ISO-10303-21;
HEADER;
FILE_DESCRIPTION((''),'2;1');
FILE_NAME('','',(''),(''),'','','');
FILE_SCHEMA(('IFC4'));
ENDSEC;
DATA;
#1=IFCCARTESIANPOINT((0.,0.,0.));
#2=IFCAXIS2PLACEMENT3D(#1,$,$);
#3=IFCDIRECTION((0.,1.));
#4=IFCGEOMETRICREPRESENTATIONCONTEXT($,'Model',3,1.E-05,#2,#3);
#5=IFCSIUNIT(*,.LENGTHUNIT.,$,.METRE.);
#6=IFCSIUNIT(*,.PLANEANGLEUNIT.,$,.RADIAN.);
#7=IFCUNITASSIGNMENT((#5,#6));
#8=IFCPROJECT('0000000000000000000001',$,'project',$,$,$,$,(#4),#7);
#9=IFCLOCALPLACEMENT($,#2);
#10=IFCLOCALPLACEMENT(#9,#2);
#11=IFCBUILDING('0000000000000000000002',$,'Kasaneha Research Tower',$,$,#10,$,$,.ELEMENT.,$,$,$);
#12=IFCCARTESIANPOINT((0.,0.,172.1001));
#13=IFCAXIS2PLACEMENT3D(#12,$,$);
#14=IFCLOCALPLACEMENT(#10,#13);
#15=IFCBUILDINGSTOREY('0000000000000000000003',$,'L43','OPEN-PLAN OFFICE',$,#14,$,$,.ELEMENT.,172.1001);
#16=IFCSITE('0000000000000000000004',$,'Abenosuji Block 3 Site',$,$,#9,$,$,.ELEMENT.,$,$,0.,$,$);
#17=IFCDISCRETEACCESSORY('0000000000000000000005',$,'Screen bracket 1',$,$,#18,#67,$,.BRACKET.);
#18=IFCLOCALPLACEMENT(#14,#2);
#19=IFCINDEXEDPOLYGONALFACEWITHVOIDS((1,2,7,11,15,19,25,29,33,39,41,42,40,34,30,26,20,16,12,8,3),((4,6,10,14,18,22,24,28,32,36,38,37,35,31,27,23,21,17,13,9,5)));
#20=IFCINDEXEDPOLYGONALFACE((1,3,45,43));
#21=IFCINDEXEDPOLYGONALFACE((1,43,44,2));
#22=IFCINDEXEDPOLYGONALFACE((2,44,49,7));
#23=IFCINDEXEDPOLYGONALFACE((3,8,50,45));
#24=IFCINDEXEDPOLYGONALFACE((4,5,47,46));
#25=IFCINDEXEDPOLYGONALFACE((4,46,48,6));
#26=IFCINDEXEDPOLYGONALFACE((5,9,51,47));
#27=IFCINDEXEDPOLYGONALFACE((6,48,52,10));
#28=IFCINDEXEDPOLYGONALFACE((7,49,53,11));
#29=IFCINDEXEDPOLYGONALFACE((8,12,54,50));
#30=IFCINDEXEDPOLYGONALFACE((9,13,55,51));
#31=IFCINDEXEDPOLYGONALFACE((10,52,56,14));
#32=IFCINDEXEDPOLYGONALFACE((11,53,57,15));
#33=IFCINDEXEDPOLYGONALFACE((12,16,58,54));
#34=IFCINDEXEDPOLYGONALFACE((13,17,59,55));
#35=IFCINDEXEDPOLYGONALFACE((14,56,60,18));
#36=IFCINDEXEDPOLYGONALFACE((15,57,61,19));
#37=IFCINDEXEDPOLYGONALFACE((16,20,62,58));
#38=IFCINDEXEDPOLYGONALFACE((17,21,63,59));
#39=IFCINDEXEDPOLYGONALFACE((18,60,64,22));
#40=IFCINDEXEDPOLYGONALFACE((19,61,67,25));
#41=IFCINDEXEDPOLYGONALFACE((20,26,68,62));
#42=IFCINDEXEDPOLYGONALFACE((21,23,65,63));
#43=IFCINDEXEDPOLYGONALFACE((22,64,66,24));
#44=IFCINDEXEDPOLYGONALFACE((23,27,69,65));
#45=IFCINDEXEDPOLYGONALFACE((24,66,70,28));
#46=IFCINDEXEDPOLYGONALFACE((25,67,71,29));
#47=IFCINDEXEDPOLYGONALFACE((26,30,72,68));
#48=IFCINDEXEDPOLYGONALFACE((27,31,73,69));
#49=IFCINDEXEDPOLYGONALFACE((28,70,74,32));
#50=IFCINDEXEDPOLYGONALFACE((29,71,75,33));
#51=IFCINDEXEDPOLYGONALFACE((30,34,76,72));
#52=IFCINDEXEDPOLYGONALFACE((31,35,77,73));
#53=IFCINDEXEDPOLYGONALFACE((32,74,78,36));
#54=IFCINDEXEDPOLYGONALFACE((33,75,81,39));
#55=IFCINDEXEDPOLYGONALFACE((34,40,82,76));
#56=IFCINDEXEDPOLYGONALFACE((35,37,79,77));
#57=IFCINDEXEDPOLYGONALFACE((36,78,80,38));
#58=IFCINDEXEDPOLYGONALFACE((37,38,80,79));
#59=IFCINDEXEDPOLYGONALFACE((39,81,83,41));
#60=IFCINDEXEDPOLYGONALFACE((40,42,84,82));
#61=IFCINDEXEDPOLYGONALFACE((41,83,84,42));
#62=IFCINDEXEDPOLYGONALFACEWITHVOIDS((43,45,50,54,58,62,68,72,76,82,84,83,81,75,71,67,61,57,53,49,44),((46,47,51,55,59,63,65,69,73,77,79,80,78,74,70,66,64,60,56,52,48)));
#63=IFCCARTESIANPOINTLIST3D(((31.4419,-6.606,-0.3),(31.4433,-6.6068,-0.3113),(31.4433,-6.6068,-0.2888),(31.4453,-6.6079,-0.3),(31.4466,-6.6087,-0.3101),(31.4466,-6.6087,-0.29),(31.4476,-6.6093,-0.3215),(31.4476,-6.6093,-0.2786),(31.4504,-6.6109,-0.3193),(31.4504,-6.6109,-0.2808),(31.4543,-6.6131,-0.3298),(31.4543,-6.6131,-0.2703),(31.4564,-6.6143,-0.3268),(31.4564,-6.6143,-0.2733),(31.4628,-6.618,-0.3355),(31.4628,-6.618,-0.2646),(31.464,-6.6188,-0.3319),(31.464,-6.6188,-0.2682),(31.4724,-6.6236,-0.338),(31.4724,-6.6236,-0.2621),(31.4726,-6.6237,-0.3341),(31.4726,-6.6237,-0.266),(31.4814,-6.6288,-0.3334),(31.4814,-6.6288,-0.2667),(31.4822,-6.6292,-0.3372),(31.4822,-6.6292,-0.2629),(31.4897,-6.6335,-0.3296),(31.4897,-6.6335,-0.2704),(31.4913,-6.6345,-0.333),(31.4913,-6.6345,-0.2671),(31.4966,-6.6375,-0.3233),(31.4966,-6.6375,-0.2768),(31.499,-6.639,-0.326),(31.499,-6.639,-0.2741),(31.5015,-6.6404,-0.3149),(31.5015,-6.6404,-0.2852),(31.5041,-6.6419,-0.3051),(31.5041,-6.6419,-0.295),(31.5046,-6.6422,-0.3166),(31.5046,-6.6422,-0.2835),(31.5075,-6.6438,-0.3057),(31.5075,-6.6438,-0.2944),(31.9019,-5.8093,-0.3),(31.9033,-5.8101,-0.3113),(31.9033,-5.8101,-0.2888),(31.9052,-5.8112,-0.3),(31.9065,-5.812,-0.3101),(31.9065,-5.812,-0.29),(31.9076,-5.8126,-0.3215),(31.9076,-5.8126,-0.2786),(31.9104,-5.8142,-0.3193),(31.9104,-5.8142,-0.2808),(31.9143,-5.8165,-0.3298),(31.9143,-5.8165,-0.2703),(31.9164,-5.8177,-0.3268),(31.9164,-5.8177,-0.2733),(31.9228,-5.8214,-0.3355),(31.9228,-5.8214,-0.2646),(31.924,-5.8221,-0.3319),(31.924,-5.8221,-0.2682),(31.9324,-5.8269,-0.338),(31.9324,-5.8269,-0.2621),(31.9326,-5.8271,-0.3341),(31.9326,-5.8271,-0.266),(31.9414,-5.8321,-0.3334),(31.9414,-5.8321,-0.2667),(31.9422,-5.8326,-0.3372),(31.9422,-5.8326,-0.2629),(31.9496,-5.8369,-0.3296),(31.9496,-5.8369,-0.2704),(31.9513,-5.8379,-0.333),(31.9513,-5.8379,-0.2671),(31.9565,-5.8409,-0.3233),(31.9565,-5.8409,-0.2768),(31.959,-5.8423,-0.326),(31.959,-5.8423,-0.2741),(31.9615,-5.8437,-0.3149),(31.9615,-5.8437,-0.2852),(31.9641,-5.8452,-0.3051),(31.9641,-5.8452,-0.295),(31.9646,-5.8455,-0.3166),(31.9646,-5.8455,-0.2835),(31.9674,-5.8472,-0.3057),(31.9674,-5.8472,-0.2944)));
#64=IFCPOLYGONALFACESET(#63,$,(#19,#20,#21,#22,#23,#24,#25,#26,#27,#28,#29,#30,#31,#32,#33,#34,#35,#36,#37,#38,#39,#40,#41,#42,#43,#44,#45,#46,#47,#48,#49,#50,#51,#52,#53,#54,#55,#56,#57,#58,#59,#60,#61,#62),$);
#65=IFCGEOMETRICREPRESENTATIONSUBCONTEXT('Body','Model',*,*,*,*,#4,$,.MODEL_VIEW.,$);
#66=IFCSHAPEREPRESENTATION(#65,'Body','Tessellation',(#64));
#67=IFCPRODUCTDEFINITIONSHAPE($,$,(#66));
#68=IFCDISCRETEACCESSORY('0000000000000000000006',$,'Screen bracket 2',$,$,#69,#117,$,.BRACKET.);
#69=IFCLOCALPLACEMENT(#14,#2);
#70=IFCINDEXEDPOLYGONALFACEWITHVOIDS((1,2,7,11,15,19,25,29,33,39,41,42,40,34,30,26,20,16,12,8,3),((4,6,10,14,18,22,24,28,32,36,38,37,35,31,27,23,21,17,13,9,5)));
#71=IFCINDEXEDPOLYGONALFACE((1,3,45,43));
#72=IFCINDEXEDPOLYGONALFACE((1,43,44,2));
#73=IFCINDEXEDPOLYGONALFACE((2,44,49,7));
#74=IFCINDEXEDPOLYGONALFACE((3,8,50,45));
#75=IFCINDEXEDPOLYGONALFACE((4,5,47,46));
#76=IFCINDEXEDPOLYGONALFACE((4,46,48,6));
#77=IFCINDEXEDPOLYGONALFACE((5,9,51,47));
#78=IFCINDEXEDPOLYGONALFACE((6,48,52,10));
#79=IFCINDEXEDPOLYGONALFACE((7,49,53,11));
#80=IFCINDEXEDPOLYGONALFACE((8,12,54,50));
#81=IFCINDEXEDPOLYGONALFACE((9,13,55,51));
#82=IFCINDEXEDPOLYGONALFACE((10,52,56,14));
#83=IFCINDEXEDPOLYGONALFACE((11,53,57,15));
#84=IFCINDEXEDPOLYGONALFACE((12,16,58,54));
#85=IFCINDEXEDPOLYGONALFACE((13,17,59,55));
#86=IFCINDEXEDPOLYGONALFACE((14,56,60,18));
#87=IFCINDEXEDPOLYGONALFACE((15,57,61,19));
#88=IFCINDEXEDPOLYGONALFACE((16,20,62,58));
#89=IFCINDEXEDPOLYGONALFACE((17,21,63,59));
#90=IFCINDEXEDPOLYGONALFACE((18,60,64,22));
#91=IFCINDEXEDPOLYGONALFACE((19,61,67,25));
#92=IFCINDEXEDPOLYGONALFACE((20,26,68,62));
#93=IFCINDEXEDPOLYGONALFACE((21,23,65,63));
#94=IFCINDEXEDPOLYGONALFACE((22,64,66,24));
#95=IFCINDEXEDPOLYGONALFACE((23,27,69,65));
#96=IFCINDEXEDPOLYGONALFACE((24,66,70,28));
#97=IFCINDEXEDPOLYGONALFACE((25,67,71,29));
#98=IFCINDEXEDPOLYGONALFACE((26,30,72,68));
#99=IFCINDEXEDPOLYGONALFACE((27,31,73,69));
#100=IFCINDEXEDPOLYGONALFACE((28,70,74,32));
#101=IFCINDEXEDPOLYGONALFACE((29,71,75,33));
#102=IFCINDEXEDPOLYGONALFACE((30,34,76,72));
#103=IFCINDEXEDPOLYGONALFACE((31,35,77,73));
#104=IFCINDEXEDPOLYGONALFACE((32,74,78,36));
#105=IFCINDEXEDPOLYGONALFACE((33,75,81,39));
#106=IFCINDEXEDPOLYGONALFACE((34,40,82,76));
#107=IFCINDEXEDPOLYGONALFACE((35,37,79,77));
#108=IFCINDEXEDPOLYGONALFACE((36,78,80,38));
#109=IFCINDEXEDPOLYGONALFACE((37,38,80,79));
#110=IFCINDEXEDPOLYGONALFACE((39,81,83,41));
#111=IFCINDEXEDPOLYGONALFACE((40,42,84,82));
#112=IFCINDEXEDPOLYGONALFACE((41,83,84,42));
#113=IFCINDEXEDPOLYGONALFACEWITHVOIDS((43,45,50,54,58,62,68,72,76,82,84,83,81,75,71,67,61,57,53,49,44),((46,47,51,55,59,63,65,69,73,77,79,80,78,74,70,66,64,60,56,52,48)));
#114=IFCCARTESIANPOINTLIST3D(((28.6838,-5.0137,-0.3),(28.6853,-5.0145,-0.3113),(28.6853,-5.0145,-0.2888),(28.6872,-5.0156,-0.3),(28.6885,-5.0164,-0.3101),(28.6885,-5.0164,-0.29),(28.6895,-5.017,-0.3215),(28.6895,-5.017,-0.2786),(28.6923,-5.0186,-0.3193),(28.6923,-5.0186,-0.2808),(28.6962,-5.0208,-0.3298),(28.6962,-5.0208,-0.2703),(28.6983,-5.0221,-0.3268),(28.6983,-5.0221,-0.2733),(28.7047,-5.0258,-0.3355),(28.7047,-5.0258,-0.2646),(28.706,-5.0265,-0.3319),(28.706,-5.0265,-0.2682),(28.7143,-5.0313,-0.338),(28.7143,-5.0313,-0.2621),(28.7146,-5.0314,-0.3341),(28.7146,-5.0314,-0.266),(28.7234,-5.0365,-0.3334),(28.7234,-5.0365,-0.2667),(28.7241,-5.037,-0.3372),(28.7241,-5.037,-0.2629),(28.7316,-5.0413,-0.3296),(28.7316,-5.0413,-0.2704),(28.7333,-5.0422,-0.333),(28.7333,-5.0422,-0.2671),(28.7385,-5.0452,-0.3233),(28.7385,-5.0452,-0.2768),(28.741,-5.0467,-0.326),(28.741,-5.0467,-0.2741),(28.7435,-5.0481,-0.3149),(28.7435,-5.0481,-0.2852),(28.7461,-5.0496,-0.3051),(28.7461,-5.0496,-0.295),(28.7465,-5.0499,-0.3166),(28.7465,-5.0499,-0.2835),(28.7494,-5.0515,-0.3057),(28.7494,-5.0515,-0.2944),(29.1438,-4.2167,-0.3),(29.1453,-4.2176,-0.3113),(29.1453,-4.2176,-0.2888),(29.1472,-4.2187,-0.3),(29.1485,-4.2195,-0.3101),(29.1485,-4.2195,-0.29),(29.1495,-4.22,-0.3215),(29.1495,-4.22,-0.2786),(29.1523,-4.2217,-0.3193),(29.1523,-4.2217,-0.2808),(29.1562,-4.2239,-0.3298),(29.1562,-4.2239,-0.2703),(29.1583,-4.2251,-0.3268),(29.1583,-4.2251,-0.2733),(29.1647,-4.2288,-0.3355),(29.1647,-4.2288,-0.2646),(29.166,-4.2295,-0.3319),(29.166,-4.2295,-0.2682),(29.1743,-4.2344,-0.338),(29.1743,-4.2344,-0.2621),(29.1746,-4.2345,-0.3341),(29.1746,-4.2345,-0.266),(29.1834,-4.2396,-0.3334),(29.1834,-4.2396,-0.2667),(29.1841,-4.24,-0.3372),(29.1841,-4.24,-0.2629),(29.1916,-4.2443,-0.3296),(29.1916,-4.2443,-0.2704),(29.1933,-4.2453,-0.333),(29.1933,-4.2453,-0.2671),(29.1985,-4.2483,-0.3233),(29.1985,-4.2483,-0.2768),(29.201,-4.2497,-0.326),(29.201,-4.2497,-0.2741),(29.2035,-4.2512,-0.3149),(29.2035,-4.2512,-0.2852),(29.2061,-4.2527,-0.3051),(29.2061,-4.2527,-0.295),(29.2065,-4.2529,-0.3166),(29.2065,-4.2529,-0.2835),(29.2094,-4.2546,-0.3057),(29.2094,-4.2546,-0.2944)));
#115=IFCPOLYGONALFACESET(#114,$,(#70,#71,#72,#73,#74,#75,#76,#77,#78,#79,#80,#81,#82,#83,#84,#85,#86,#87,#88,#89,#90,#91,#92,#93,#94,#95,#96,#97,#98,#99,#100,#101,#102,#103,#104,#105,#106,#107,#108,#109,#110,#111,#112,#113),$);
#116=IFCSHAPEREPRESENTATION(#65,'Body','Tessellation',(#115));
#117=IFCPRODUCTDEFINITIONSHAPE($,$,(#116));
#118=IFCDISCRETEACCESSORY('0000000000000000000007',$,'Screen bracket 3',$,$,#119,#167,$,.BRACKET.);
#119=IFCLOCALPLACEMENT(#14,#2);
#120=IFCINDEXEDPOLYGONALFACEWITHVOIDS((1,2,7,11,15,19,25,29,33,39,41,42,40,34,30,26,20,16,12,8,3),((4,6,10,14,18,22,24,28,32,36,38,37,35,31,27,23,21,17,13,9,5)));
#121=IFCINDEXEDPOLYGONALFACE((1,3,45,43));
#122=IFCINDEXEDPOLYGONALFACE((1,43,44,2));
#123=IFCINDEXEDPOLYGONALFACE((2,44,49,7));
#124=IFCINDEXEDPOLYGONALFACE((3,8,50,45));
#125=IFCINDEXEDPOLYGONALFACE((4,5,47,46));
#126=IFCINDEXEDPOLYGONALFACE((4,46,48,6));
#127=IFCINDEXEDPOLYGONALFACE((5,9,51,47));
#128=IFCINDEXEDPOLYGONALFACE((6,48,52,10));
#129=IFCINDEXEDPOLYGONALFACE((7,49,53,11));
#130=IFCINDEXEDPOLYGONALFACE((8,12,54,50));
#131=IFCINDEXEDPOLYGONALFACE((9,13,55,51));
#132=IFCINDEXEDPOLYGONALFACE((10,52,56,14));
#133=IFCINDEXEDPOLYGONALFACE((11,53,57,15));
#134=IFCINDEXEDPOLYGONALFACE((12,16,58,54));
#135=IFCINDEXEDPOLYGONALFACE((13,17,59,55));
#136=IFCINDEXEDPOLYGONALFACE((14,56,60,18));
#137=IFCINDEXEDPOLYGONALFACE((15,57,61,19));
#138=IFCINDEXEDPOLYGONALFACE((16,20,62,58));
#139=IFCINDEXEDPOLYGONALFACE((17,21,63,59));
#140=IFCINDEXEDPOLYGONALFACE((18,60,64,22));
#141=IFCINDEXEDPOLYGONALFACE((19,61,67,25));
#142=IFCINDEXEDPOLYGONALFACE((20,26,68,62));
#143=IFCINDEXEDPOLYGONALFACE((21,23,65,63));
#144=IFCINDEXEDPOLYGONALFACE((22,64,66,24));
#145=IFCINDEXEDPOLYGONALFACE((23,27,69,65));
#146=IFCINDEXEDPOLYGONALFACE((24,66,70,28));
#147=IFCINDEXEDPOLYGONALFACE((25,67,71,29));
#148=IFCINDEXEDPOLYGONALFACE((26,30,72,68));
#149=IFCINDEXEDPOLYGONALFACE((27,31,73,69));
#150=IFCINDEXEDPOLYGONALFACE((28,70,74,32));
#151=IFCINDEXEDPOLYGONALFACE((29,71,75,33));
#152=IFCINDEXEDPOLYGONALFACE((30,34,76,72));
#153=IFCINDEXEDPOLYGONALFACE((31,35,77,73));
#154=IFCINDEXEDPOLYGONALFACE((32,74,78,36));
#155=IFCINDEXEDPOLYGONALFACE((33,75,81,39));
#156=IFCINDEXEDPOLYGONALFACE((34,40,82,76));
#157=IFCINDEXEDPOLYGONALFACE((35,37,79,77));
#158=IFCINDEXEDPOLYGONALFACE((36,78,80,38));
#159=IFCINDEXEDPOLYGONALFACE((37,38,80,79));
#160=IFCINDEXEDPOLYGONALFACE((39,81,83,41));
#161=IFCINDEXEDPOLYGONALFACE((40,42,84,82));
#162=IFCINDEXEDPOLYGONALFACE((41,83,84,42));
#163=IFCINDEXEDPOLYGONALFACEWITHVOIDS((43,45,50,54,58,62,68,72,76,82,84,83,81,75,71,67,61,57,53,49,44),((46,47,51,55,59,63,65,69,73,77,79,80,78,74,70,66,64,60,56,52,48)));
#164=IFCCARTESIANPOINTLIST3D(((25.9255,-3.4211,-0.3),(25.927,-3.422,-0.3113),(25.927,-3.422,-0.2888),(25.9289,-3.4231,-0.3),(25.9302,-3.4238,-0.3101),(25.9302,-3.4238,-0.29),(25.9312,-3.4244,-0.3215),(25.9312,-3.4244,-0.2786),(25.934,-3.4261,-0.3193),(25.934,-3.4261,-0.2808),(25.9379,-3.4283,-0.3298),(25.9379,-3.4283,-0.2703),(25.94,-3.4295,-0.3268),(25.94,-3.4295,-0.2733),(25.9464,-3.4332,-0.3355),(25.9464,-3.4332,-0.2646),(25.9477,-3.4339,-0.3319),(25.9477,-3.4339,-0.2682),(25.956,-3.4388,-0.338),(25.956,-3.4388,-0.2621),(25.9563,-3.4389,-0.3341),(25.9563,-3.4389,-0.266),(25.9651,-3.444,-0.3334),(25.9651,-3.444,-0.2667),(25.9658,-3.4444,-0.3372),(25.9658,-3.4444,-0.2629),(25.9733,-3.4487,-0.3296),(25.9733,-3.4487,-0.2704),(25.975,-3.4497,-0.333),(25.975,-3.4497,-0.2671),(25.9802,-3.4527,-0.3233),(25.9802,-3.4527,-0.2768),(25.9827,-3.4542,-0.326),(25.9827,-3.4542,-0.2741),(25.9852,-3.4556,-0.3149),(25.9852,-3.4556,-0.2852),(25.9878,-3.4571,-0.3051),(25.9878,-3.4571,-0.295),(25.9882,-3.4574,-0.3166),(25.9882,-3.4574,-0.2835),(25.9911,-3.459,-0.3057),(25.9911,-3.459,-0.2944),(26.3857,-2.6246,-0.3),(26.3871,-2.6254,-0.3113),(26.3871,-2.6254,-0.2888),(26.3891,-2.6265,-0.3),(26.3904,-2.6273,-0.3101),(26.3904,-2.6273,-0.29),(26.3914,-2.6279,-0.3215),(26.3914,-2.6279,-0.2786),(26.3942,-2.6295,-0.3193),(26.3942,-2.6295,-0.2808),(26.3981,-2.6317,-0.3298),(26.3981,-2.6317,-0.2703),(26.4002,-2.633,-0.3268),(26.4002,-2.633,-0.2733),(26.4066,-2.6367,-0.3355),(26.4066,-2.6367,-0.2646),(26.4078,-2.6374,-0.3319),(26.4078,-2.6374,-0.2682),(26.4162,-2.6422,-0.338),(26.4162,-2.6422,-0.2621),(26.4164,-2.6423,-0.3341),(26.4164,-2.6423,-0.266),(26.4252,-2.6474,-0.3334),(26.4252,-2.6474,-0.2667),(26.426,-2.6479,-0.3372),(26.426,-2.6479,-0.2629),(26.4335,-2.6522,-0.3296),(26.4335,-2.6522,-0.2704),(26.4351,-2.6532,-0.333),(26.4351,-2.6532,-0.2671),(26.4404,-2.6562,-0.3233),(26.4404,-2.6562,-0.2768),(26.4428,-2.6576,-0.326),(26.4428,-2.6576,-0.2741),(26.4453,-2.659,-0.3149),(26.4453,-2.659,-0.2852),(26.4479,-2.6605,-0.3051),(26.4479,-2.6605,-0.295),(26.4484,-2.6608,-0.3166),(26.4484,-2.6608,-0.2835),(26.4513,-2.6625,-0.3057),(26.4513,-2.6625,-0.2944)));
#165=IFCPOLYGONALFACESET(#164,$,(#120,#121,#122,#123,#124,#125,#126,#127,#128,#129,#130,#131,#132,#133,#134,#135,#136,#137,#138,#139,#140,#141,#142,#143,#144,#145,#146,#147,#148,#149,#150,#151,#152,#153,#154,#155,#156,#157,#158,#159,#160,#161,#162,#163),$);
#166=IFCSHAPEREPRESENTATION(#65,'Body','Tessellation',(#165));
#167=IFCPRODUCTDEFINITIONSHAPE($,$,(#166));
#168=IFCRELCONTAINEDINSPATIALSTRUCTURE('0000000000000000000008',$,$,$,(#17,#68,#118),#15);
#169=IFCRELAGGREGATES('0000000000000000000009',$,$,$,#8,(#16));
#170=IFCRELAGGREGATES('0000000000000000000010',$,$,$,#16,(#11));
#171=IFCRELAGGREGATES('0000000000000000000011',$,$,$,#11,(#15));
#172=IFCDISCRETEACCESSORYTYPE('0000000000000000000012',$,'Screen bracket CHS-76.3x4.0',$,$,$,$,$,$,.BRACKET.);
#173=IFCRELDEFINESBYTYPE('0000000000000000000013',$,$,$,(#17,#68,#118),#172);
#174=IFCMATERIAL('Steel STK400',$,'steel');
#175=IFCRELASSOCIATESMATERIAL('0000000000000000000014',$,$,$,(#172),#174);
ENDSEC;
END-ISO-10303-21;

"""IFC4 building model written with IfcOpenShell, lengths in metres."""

from ifc_helpers import new_model, si_unit, direction, frame, origin, origin_2d, place, context, subcontext, project, spatial, hollow_circle, extrude, material, material_profile, profile_set, type_object, element, save


model = new_model("IFC4")

# Units and contexts
model_context = context("Model", 3, precision=1e-05, world=origin(), true_north=direction((0.0, 1.0)))
body_context = subcontext(model_context, "Body", "Model", "MODEL_VIEW")
ifc_project = project(units=[si_unit("LENGTHUNIT", "METRE"), si_unit("PLANEANGLEUNIT", "RADIAN")], contexts=[model_context])

# Site, building, storey
site_placement = place(None, origin())
site = spatial("IfcSite", under=ifc_project, at=site_placement, Name="Abenosuji Block 3 Site", CompositionType="ELEMENT", RefElevation=0.0)
building_placement = place(site_placement, origin())
building = spatial("IfcBuilding", under=site, at=building_placement, Name="Kasaneha Research Tower", CompositionType="ELEMENT")
storey_placement = place(building_placement, frame((0.0, 0.0, 172.1001)))
storey = spatial("IfcBuildingStorey", under=building, at=storey_placement, Name="L43", Description="OPEN-PLAN OFFICE", CompositionType="ELEMENT", Elevation=172.1001)

# Discrete accessories
ifc_material_1 = material(Name="Steel STK400", Category="steel")
ifc_material_profile_1 = material_profile(ifc_material_1, hollow_circle(Radius=0.0381, WallThickness=0.0039, at=origin_2d()), Name="CHS-76.3x4.0")
ifc_profile_set_1 = profile_set([ifc_material_profile_1], Name="Steel STK400")
discrete_accessory_type = type_object("IfcDiscreteAccessoryType", Name="Screen bracket CHS-76.3x4.0", PredefinedType="BRACKET", material=ifc_profile_set_1)
discrete_accessory_1_placement = place(storey_placement, frame((31.4749, -6.625, -0.3), z_axis=(0.500021, 0.866013, 0.0), x_axis=(-0.866013, 0.500021, 0.0)))
element("IfcDiscreteAccessory", 1, at=discrete_accessory_1_placement, inside=storey, type_object=discrete_accessory_type, Name="Screen bracket 1", PredefinedType="BRACKET", context=body_context, shape_type="SweptSolid", body=[
    extrude(hollow_circle(Radius=0.0381, WallThickness=0.0039, at=origin_2d()), origin(), (0.0, 0.0, 1.0), 0.9199),
])
discrete_accessory_2_placement = place(storey_placement, frame((28.7168, -5.0327, -0.3), z_axis=(0.499906, 0.86608, 0.0), x_axis=(-0.86608, 0.499906, 0.0)))
element("IfcDiscreteAccessory", 2, at=discrete_accessory_2_placement, inside=storey, type_object=discrete_accessory_type, Name="Screen bracket 2", PredefinedType="BRACKET", context=body_context, shape_type="SweptSolid", body=[
    extrude(hollow_circle(Radius=0.0381, WallThickness=0.0039, at=origin_2d()), origin(), (0.0, 0.0, 1.0), 0.9202),
])
discrete_accessory_3_placement = place(storey_placement, frame((25.9585, -3.4402, -0.3), z_axis=(0.50022, 0.865898, 0.0), x_axis=(-0.865898, 0.50022, 0.0)))
element("IfcDiscreteAccessory", 3, at=discrete_accessory_3_placement, inside=storey, type_object=discrete_accessory_type, Name="Screen bracket 3", PredefinedType="BRACKET", context=body_context, shape_type="SweptSolid", body=[
    extrude(hollow_circle(Radius=0.0381, WallThickness=0.0039, at=origin_2d()), origin(), (0.0, 0.0, 1.0), 0.9199),
])

save(model, "model.ifc")
